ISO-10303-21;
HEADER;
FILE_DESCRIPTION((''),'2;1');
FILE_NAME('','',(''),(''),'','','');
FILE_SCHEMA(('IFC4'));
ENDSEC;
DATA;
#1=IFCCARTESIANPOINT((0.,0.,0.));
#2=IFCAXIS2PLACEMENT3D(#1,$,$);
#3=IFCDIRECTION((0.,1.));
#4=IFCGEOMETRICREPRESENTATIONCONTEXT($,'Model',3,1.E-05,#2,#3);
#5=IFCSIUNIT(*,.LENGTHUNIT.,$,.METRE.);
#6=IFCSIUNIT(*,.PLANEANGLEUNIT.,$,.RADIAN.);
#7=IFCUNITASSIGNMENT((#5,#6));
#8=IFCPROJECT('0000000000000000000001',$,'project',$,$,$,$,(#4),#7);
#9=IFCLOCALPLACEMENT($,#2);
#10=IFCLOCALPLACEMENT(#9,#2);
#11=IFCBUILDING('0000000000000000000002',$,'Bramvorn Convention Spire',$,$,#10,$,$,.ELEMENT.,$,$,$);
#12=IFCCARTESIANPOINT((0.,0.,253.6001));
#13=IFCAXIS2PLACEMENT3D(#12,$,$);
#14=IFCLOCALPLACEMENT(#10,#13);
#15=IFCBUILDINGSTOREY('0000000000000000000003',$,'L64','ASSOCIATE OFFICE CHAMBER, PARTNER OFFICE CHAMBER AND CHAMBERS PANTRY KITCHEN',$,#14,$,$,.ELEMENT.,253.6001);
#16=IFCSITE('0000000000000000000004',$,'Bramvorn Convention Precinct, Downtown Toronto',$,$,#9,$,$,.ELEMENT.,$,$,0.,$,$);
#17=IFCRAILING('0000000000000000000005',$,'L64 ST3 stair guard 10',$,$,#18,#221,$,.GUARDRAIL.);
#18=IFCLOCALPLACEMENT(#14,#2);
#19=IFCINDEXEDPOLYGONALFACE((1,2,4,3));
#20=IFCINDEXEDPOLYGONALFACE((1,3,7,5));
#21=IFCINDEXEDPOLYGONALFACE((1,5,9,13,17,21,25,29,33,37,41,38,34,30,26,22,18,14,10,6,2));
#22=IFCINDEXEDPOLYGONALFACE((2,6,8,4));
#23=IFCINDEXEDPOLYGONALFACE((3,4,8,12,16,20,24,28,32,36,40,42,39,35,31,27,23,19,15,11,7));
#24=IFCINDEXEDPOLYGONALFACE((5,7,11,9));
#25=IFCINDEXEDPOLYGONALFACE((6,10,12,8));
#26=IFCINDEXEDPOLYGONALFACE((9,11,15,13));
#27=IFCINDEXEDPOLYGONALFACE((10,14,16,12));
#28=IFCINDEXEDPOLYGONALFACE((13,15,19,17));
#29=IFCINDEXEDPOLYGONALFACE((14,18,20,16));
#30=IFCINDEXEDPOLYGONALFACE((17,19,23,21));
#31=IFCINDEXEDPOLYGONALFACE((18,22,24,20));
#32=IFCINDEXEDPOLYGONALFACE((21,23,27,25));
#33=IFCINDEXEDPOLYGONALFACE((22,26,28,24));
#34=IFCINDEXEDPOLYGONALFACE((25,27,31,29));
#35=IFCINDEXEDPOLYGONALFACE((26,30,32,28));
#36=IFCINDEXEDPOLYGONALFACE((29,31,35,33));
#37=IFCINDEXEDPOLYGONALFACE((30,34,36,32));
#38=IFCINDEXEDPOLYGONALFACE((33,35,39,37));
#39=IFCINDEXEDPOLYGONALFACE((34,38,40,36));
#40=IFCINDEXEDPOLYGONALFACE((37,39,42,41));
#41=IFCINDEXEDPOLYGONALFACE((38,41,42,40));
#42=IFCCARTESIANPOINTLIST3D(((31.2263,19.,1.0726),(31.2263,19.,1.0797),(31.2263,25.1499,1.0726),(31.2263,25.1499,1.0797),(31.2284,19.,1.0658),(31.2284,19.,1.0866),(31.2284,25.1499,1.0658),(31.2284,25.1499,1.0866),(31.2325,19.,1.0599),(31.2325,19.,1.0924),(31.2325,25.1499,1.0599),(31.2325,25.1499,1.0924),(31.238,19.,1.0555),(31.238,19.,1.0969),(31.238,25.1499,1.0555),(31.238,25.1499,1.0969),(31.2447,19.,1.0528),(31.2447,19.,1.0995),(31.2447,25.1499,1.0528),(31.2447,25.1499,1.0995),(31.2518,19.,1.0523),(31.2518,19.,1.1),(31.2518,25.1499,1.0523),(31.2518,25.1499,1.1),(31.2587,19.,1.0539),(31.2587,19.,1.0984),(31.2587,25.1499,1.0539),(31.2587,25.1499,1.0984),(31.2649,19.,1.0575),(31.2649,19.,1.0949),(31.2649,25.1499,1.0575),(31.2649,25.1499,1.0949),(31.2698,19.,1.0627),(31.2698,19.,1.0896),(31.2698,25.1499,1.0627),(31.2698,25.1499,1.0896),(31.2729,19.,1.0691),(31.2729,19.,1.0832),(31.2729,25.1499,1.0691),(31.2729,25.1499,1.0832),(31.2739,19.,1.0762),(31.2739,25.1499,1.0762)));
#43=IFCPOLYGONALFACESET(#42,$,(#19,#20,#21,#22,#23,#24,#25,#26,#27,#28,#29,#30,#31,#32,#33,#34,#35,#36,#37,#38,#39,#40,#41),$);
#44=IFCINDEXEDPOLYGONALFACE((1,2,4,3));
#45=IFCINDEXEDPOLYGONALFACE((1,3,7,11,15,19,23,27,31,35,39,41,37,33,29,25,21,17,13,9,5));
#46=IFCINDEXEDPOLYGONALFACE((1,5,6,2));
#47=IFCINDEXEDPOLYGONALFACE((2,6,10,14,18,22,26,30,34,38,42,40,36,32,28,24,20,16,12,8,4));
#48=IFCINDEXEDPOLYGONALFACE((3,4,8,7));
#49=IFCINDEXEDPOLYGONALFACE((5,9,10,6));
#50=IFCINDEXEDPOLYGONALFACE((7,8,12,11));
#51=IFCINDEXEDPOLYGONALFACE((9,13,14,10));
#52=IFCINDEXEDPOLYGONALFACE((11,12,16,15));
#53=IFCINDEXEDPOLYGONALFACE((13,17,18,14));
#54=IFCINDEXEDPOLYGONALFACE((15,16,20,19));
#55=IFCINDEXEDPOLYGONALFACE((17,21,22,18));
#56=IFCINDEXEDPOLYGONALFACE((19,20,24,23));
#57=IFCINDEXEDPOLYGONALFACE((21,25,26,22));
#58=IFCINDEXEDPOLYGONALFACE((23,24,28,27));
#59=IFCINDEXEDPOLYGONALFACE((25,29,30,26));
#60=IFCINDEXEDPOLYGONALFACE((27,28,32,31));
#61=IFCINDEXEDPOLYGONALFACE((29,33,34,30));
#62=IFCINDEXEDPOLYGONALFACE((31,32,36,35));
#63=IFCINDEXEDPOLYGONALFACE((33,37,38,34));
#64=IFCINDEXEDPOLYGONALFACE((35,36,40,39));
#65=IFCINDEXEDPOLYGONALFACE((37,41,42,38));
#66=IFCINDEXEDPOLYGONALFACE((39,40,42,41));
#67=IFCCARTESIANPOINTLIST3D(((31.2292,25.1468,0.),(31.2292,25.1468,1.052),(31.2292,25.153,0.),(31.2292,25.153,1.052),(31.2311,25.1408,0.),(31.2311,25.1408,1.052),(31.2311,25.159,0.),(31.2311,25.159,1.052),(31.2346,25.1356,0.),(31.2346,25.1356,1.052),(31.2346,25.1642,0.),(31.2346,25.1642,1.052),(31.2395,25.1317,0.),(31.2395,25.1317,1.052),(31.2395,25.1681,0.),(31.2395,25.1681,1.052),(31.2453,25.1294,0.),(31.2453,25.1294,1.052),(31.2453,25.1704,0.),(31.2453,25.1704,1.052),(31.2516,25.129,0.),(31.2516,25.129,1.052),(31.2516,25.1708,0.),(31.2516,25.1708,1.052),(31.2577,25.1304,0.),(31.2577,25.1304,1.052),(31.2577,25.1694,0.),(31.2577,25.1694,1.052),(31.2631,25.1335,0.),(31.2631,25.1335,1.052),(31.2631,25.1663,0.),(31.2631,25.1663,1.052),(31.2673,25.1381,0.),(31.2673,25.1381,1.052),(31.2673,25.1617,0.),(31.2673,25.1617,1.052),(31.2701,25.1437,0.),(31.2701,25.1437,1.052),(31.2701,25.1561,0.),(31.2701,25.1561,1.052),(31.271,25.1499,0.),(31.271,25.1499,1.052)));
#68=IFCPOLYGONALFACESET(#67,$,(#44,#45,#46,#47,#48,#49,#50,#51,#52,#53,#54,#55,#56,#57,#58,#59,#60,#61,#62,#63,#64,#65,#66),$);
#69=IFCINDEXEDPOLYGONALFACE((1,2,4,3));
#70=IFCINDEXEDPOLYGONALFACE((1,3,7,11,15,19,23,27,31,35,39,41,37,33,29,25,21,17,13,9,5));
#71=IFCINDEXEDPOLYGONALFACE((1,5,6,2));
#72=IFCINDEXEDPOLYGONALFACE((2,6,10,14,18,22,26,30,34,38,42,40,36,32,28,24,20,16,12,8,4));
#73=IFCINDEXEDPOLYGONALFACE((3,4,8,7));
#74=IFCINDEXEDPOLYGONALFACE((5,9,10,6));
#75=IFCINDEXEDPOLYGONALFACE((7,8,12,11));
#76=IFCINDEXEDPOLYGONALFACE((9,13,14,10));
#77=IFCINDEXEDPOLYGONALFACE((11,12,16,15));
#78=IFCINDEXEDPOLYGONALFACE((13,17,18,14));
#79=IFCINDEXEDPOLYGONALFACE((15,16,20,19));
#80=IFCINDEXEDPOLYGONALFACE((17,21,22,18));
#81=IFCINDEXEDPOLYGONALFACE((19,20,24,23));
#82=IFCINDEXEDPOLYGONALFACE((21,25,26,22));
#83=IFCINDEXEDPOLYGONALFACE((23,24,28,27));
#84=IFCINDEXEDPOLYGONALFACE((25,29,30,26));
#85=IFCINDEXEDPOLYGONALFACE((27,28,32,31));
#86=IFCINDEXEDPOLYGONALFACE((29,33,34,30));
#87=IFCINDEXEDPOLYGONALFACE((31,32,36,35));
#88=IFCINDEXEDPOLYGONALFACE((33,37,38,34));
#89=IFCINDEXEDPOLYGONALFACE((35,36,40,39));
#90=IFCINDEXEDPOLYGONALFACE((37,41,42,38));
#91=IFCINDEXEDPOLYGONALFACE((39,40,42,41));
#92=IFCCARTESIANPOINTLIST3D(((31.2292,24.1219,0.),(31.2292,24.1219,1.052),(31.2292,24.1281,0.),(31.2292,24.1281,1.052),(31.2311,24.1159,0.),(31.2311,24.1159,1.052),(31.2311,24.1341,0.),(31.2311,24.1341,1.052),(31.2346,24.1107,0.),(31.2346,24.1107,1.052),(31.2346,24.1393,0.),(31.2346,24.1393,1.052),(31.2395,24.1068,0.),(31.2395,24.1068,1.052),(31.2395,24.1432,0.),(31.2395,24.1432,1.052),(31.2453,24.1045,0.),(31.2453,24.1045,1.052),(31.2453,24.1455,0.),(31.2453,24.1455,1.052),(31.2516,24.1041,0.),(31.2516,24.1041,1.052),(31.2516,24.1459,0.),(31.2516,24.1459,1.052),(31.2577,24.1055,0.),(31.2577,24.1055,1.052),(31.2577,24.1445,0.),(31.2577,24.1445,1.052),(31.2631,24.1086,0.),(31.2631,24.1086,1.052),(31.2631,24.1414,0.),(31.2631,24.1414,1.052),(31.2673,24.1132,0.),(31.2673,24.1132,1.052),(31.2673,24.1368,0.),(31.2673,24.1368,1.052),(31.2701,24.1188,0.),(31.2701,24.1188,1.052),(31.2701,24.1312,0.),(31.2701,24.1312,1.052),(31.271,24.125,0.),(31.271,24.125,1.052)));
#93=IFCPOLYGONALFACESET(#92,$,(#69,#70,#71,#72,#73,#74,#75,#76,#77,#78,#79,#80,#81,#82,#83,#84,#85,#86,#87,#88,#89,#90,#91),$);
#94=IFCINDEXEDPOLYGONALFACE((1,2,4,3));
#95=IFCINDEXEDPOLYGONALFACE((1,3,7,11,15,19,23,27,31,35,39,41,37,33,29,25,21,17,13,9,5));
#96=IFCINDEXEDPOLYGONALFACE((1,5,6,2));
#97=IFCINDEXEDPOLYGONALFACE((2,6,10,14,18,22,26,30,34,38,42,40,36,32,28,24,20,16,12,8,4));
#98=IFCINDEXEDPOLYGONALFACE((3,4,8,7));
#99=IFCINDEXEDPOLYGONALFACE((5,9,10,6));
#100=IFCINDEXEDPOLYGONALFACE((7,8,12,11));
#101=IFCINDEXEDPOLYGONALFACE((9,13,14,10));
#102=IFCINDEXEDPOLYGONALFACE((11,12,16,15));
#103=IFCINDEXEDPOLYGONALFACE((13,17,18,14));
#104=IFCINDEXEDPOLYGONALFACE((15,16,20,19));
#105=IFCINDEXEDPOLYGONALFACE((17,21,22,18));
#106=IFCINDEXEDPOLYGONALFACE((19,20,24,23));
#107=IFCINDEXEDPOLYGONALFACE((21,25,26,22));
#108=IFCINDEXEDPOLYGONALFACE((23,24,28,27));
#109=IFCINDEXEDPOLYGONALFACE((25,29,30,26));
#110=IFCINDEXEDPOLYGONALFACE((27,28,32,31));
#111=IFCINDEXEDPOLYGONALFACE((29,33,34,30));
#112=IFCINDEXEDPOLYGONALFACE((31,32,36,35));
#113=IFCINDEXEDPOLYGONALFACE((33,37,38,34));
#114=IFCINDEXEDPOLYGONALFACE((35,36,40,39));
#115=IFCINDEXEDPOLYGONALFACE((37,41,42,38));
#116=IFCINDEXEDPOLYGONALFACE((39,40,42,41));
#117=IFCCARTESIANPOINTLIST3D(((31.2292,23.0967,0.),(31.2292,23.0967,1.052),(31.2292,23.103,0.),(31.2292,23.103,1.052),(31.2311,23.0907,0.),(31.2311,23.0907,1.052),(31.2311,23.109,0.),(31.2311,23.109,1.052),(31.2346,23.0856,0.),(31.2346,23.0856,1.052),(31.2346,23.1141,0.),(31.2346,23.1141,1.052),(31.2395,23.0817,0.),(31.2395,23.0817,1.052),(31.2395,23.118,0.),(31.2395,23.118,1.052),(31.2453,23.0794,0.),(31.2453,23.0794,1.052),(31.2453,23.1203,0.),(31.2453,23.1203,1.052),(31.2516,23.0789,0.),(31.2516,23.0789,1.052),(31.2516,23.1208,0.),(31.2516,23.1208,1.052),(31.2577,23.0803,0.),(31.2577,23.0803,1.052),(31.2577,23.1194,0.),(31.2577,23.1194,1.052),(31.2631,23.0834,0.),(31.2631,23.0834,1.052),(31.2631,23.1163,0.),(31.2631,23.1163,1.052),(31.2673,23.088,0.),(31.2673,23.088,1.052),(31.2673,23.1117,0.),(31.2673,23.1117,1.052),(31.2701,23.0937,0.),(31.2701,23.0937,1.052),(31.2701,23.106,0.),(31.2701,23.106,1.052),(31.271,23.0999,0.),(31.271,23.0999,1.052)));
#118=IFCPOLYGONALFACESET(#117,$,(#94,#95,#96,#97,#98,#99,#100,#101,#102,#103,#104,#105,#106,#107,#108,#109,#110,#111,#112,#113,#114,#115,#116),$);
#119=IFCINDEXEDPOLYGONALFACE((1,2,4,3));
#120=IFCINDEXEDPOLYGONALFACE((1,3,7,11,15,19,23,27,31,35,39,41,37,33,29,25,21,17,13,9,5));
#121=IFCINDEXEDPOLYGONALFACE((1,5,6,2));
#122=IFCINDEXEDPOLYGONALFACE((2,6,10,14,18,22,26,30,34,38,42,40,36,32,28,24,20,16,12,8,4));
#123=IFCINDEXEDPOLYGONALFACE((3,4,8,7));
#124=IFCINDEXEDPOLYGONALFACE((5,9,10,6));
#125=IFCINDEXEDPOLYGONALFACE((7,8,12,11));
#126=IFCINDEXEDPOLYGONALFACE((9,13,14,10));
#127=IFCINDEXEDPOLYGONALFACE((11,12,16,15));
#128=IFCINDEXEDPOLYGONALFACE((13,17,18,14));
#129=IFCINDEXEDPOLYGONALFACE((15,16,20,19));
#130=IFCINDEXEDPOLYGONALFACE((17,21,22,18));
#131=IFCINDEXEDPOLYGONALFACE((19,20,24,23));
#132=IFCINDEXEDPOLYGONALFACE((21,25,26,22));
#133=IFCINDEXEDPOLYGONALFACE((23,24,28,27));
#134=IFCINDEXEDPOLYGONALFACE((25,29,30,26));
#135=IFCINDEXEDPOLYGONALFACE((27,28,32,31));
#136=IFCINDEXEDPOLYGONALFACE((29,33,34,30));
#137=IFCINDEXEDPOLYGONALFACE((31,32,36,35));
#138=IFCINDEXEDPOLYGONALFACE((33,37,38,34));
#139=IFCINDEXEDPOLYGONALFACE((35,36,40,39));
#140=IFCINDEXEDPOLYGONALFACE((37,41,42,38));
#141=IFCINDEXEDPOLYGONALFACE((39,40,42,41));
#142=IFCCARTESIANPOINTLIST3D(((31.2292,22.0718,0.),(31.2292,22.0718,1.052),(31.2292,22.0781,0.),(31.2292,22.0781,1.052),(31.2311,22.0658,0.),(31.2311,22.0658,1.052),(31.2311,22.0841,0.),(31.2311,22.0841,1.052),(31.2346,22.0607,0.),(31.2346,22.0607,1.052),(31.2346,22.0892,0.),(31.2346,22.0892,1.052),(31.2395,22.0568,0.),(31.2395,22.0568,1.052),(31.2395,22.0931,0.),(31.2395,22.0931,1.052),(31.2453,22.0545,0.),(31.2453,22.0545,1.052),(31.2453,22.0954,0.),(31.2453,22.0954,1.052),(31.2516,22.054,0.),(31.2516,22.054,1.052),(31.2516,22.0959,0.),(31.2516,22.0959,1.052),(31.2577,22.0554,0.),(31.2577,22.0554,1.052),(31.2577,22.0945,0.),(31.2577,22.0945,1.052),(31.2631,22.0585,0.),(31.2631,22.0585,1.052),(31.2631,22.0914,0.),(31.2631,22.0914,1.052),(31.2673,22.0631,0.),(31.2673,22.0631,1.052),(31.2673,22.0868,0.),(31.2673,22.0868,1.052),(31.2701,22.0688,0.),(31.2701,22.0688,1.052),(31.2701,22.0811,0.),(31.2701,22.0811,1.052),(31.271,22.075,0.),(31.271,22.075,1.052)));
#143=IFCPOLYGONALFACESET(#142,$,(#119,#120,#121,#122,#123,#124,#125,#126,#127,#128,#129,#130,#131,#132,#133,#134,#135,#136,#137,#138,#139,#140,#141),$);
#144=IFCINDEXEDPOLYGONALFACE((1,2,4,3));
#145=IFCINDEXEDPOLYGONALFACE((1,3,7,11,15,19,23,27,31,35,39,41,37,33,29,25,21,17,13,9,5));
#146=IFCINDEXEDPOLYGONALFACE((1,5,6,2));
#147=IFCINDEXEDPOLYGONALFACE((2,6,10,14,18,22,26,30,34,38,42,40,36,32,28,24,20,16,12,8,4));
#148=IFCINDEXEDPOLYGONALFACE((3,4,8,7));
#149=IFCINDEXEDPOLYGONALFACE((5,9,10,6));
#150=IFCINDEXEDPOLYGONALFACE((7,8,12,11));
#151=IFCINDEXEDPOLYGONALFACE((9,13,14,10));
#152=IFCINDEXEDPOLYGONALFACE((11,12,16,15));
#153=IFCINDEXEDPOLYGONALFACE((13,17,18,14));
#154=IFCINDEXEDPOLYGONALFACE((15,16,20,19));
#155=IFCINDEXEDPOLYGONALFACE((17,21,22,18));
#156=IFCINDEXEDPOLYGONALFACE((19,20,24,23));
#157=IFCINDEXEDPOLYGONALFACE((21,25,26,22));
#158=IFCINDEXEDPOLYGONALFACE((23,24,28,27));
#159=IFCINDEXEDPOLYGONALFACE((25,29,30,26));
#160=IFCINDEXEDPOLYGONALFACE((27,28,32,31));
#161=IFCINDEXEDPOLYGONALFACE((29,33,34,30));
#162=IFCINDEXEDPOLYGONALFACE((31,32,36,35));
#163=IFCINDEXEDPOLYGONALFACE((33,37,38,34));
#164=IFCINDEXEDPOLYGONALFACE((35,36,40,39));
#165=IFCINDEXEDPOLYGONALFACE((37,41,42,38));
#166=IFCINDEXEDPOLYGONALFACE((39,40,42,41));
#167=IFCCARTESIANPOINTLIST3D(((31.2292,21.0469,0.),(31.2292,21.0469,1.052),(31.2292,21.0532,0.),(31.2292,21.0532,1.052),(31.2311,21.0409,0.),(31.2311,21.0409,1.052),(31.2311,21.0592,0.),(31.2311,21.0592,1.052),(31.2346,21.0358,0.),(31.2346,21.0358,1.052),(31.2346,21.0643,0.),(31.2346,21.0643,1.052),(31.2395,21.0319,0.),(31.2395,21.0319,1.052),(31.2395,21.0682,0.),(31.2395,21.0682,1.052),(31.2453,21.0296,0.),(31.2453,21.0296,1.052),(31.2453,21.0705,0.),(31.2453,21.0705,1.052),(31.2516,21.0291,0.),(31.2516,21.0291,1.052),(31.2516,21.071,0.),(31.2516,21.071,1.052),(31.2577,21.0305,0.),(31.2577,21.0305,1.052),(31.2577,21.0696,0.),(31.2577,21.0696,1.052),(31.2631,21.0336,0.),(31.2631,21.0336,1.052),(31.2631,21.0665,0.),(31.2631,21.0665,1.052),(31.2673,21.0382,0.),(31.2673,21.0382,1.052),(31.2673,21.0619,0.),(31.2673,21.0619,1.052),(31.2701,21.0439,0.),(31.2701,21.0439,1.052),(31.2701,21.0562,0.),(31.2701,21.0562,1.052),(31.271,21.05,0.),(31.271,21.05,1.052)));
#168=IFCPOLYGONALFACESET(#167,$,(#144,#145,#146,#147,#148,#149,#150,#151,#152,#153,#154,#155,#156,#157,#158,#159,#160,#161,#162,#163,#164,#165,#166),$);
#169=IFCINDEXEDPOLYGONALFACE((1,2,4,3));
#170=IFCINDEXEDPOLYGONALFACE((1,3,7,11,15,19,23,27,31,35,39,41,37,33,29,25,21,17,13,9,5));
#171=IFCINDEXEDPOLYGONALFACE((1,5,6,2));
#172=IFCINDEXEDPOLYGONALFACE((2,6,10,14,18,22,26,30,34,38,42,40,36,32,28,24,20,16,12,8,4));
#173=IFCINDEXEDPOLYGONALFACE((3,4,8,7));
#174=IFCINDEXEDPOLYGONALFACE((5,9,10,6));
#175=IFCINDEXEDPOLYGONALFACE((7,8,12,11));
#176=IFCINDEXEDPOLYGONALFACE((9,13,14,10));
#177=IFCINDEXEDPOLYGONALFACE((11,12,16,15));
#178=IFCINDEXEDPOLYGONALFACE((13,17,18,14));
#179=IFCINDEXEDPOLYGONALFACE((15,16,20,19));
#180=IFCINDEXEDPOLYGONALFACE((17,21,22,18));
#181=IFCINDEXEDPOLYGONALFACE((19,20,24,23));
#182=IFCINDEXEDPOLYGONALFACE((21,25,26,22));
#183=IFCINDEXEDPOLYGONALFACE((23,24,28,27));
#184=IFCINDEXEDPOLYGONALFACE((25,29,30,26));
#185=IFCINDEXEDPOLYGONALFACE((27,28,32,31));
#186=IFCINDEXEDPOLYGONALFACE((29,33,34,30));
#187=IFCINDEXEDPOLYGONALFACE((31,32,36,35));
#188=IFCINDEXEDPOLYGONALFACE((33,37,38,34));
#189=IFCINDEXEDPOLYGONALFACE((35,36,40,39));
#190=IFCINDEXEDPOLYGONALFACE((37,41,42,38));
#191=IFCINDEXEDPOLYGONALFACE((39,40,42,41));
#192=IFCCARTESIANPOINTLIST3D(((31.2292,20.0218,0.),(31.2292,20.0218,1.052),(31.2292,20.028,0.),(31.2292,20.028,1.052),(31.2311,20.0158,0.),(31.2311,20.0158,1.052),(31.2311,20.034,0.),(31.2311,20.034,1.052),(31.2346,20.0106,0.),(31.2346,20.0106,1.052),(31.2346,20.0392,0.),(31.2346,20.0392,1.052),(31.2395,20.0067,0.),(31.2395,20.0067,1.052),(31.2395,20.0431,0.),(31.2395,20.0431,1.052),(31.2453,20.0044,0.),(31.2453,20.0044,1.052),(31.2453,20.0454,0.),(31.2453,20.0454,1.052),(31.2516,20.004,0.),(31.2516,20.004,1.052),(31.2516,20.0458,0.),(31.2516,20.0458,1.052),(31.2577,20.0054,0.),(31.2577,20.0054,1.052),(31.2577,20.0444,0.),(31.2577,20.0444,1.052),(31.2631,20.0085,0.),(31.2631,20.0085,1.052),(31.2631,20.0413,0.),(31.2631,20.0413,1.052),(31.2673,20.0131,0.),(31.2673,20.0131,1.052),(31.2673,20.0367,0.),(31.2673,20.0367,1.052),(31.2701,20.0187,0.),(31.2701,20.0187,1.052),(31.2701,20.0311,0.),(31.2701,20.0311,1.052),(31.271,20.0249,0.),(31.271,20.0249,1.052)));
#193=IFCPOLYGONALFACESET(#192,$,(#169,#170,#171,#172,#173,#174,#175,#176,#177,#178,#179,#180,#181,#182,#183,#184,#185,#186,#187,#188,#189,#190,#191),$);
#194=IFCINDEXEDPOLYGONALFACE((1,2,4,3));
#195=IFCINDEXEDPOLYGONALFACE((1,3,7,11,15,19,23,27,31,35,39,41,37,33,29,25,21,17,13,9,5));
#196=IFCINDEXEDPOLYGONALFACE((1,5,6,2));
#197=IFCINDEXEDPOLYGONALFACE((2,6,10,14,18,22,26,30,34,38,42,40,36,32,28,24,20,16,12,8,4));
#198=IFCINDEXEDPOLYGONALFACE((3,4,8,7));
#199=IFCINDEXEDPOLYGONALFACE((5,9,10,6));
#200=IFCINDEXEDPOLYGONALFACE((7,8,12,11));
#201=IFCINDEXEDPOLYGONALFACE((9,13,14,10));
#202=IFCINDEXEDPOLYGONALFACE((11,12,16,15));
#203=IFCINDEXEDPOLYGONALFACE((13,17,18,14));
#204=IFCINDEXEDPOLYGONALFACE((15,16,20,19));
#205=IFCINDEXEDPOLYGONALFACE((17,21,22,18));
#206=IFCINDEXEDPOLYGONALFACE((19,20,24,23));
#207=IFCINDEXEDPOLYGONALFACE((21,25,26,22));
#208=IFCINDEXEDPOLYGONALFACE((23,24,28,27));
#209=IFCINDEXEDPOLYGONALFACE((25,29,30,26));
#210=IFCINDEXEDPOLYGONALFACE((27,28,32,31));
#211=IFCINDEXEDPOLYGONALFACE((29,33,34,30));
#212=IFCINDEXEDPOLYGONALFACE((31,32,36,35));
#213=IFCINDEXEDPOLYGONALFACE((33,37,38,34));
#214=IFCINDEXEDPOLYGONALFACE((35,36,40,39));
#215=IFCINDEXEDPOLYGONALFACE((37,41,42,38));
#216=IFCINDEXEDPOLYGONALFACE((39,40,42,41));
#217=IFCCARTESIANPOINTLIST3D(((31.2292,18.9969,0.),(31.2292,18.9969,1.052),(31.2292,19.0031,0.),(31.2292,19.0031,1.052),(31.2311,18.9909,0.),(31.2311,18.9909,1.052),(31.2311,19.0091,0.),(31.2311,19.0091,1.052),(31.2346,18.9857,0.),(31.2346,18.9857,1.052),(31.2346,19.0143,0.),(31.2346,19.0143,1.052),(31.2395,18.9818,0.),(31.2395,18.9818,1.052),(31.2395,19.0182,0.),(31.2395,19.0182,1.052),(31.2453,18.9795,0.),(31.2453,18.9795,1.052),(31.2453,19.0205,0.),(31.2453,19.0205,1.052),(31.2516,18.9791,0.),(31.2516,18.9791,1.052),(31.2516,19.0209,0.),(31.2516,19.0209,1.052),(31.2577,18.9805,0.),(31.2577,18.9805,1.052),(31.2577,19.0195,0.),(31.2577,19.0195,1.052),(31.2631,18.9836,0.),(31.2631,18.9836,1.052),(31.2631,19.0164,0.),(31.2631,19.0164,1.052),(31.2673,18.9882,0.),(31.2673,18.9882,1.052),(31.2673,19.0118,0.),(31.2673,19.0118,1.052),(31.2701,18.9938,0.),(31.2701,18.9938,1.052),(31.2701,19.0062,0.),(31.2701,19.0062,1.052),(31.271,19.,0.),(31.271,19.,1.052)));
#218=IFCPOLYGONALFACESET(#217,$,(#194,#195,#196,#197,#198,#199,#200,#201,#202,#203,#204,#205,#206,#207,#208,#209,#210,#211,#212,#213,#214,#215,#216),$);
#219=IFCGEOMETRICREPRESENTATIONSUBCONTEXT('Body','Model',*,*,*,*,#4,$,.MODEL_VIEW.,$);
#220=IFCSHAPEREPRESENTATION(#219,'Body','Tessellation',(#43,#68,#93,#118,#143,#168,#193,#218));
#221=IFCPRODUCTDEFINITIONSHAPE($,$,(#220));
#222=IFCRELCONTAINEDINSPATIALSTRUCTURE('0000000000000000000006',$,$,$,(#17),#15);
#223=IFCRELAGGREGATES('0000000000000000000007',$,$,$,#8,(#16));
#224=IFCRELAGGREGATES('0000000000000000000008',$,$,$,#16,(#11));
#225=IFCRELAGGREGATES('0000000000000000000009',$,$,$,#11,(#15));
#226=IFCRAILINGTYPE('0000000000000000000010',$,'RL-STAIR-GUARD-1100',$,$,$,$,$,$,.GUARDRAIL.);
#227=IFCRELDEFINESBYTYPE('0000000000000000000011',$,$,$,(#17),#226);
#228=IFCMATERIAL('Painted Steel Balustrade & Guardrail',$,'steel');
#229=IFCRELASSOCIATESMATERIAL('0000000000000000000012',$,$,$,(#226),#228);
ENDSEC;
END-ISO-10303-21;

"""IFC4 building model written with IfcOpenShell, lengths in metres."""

from ifc_helpers import new_model, si_unit, direction, frame, origin, origin_2d, place, context, subcontext, project, spatial, circle, extrude, material, type_object, element, save


model = new_model("IFC4")

# Units and contexts
model_context = context("Model", 3, precision=1e-05, world=origin(), true_north=direction((0.0, 1.0)))
body_context = subcontext(model_context, "Body", "Model", "MODEL_VIEW")
ifc_project = project(units=[si_unit("LENGTHUNIT", "METRE"), si_unit("PLANEANGLEUNIT", "RADIAN")], contexts=[model_context])

# Site, building, storey
site_placement = place(None, origin())
site = spatial("IfcSite", under=ifc_project, at=site_placement, Name="Bramvorn Convention Precinct, Downtown Toronto", CompositionType="ELEMENT", RefElevation=0.0)
building_placement = place(site_placement, origin())
building = spatial("IfcBuilding", under=site, at=building_placement, Name="Bramvorn Convention Spire", CompositionType="ELEMENT")
storey_placement = place(building_placement, frame((0.0, 0.0, 253.6001)))
storey = spatial("IfcBuildingStorey", under=building, at=storey_placement, Name="L64", Description="ASSOCIATE OFFICE CHAMBER, PARTNER OFFICE CHAMBER AND CHAMBERS PANTRY KITCHEN", CompositionType="ELEMENT", Elevation=253.6001)

# Railing
ifc_material_1 = material(Name="Painted Steel Balustrade & Guardrail", Category="steel")
railing_type = type_object("IfcRailingType", Name="RL-STAIR-GUARD-1100", PredefinedType="GUARDRAIL", material=ifc_material_1)
railing_1_placement = place(storey_placement, frame((31.25, 25.1499, 0.0)))
element("IfcRailing", 1, at=railing_1_placement, inside=storey, type_object=railing_type, Name="L64 ST3 stair guard 10", PredefinedType="GUARDRAIL", context=body_context, shape_type="SweptSolid", body=[
    extrude(circle(Radius=0.0239, at=origin_2d()), frame((0.0, 0.0, 1.0762), z_axis=(0.0, -1.0, 0.0), x_axis=(1.0, 0.0, 0.0)), (0.0, 0.0, 1.0), 6.1499),
    extrude(circle(Radius=0.021, at=origin_2d()), origin(), (0.0, 0.0, 1.0), 1.052),
    extrude(circle(Radius=0.021, at=origin_2d()), frame((0.0, -1.0249, 0.0)), (0.0, 0.0, 1.0), 1.052),
    extrude(circle(Radius=0.021, at=origin_2d()), frame((0.0, -2.05, 0.0)), (0.0, 0.0, 1.0), 1.052),
    extrude(circle(Radius=0.021, at=origin_2d()), frame((0.0, -3.075, 0.0)), (0.0, 0.0, 1.0), 1.052),
    extrude(circle(Radius=0.021, at=origin_2d()), frame((0.0, -4.0999, 0.0)), (0.0, 0.0, 1.0), 1.052),
    extrude(circle(Radius=0.021, at=origin_2d()), frame((0.0, -5.125, 0.0)), (0.0, 0.0, 1.0), 1.052),
    extrude(circle(Radius=0.021, at=origin_2d()), frame((0.0, -6.1499, 0.0)), (0.0, 0.0, 1.0), 1.052),
])

save(model, "model.ifc")
